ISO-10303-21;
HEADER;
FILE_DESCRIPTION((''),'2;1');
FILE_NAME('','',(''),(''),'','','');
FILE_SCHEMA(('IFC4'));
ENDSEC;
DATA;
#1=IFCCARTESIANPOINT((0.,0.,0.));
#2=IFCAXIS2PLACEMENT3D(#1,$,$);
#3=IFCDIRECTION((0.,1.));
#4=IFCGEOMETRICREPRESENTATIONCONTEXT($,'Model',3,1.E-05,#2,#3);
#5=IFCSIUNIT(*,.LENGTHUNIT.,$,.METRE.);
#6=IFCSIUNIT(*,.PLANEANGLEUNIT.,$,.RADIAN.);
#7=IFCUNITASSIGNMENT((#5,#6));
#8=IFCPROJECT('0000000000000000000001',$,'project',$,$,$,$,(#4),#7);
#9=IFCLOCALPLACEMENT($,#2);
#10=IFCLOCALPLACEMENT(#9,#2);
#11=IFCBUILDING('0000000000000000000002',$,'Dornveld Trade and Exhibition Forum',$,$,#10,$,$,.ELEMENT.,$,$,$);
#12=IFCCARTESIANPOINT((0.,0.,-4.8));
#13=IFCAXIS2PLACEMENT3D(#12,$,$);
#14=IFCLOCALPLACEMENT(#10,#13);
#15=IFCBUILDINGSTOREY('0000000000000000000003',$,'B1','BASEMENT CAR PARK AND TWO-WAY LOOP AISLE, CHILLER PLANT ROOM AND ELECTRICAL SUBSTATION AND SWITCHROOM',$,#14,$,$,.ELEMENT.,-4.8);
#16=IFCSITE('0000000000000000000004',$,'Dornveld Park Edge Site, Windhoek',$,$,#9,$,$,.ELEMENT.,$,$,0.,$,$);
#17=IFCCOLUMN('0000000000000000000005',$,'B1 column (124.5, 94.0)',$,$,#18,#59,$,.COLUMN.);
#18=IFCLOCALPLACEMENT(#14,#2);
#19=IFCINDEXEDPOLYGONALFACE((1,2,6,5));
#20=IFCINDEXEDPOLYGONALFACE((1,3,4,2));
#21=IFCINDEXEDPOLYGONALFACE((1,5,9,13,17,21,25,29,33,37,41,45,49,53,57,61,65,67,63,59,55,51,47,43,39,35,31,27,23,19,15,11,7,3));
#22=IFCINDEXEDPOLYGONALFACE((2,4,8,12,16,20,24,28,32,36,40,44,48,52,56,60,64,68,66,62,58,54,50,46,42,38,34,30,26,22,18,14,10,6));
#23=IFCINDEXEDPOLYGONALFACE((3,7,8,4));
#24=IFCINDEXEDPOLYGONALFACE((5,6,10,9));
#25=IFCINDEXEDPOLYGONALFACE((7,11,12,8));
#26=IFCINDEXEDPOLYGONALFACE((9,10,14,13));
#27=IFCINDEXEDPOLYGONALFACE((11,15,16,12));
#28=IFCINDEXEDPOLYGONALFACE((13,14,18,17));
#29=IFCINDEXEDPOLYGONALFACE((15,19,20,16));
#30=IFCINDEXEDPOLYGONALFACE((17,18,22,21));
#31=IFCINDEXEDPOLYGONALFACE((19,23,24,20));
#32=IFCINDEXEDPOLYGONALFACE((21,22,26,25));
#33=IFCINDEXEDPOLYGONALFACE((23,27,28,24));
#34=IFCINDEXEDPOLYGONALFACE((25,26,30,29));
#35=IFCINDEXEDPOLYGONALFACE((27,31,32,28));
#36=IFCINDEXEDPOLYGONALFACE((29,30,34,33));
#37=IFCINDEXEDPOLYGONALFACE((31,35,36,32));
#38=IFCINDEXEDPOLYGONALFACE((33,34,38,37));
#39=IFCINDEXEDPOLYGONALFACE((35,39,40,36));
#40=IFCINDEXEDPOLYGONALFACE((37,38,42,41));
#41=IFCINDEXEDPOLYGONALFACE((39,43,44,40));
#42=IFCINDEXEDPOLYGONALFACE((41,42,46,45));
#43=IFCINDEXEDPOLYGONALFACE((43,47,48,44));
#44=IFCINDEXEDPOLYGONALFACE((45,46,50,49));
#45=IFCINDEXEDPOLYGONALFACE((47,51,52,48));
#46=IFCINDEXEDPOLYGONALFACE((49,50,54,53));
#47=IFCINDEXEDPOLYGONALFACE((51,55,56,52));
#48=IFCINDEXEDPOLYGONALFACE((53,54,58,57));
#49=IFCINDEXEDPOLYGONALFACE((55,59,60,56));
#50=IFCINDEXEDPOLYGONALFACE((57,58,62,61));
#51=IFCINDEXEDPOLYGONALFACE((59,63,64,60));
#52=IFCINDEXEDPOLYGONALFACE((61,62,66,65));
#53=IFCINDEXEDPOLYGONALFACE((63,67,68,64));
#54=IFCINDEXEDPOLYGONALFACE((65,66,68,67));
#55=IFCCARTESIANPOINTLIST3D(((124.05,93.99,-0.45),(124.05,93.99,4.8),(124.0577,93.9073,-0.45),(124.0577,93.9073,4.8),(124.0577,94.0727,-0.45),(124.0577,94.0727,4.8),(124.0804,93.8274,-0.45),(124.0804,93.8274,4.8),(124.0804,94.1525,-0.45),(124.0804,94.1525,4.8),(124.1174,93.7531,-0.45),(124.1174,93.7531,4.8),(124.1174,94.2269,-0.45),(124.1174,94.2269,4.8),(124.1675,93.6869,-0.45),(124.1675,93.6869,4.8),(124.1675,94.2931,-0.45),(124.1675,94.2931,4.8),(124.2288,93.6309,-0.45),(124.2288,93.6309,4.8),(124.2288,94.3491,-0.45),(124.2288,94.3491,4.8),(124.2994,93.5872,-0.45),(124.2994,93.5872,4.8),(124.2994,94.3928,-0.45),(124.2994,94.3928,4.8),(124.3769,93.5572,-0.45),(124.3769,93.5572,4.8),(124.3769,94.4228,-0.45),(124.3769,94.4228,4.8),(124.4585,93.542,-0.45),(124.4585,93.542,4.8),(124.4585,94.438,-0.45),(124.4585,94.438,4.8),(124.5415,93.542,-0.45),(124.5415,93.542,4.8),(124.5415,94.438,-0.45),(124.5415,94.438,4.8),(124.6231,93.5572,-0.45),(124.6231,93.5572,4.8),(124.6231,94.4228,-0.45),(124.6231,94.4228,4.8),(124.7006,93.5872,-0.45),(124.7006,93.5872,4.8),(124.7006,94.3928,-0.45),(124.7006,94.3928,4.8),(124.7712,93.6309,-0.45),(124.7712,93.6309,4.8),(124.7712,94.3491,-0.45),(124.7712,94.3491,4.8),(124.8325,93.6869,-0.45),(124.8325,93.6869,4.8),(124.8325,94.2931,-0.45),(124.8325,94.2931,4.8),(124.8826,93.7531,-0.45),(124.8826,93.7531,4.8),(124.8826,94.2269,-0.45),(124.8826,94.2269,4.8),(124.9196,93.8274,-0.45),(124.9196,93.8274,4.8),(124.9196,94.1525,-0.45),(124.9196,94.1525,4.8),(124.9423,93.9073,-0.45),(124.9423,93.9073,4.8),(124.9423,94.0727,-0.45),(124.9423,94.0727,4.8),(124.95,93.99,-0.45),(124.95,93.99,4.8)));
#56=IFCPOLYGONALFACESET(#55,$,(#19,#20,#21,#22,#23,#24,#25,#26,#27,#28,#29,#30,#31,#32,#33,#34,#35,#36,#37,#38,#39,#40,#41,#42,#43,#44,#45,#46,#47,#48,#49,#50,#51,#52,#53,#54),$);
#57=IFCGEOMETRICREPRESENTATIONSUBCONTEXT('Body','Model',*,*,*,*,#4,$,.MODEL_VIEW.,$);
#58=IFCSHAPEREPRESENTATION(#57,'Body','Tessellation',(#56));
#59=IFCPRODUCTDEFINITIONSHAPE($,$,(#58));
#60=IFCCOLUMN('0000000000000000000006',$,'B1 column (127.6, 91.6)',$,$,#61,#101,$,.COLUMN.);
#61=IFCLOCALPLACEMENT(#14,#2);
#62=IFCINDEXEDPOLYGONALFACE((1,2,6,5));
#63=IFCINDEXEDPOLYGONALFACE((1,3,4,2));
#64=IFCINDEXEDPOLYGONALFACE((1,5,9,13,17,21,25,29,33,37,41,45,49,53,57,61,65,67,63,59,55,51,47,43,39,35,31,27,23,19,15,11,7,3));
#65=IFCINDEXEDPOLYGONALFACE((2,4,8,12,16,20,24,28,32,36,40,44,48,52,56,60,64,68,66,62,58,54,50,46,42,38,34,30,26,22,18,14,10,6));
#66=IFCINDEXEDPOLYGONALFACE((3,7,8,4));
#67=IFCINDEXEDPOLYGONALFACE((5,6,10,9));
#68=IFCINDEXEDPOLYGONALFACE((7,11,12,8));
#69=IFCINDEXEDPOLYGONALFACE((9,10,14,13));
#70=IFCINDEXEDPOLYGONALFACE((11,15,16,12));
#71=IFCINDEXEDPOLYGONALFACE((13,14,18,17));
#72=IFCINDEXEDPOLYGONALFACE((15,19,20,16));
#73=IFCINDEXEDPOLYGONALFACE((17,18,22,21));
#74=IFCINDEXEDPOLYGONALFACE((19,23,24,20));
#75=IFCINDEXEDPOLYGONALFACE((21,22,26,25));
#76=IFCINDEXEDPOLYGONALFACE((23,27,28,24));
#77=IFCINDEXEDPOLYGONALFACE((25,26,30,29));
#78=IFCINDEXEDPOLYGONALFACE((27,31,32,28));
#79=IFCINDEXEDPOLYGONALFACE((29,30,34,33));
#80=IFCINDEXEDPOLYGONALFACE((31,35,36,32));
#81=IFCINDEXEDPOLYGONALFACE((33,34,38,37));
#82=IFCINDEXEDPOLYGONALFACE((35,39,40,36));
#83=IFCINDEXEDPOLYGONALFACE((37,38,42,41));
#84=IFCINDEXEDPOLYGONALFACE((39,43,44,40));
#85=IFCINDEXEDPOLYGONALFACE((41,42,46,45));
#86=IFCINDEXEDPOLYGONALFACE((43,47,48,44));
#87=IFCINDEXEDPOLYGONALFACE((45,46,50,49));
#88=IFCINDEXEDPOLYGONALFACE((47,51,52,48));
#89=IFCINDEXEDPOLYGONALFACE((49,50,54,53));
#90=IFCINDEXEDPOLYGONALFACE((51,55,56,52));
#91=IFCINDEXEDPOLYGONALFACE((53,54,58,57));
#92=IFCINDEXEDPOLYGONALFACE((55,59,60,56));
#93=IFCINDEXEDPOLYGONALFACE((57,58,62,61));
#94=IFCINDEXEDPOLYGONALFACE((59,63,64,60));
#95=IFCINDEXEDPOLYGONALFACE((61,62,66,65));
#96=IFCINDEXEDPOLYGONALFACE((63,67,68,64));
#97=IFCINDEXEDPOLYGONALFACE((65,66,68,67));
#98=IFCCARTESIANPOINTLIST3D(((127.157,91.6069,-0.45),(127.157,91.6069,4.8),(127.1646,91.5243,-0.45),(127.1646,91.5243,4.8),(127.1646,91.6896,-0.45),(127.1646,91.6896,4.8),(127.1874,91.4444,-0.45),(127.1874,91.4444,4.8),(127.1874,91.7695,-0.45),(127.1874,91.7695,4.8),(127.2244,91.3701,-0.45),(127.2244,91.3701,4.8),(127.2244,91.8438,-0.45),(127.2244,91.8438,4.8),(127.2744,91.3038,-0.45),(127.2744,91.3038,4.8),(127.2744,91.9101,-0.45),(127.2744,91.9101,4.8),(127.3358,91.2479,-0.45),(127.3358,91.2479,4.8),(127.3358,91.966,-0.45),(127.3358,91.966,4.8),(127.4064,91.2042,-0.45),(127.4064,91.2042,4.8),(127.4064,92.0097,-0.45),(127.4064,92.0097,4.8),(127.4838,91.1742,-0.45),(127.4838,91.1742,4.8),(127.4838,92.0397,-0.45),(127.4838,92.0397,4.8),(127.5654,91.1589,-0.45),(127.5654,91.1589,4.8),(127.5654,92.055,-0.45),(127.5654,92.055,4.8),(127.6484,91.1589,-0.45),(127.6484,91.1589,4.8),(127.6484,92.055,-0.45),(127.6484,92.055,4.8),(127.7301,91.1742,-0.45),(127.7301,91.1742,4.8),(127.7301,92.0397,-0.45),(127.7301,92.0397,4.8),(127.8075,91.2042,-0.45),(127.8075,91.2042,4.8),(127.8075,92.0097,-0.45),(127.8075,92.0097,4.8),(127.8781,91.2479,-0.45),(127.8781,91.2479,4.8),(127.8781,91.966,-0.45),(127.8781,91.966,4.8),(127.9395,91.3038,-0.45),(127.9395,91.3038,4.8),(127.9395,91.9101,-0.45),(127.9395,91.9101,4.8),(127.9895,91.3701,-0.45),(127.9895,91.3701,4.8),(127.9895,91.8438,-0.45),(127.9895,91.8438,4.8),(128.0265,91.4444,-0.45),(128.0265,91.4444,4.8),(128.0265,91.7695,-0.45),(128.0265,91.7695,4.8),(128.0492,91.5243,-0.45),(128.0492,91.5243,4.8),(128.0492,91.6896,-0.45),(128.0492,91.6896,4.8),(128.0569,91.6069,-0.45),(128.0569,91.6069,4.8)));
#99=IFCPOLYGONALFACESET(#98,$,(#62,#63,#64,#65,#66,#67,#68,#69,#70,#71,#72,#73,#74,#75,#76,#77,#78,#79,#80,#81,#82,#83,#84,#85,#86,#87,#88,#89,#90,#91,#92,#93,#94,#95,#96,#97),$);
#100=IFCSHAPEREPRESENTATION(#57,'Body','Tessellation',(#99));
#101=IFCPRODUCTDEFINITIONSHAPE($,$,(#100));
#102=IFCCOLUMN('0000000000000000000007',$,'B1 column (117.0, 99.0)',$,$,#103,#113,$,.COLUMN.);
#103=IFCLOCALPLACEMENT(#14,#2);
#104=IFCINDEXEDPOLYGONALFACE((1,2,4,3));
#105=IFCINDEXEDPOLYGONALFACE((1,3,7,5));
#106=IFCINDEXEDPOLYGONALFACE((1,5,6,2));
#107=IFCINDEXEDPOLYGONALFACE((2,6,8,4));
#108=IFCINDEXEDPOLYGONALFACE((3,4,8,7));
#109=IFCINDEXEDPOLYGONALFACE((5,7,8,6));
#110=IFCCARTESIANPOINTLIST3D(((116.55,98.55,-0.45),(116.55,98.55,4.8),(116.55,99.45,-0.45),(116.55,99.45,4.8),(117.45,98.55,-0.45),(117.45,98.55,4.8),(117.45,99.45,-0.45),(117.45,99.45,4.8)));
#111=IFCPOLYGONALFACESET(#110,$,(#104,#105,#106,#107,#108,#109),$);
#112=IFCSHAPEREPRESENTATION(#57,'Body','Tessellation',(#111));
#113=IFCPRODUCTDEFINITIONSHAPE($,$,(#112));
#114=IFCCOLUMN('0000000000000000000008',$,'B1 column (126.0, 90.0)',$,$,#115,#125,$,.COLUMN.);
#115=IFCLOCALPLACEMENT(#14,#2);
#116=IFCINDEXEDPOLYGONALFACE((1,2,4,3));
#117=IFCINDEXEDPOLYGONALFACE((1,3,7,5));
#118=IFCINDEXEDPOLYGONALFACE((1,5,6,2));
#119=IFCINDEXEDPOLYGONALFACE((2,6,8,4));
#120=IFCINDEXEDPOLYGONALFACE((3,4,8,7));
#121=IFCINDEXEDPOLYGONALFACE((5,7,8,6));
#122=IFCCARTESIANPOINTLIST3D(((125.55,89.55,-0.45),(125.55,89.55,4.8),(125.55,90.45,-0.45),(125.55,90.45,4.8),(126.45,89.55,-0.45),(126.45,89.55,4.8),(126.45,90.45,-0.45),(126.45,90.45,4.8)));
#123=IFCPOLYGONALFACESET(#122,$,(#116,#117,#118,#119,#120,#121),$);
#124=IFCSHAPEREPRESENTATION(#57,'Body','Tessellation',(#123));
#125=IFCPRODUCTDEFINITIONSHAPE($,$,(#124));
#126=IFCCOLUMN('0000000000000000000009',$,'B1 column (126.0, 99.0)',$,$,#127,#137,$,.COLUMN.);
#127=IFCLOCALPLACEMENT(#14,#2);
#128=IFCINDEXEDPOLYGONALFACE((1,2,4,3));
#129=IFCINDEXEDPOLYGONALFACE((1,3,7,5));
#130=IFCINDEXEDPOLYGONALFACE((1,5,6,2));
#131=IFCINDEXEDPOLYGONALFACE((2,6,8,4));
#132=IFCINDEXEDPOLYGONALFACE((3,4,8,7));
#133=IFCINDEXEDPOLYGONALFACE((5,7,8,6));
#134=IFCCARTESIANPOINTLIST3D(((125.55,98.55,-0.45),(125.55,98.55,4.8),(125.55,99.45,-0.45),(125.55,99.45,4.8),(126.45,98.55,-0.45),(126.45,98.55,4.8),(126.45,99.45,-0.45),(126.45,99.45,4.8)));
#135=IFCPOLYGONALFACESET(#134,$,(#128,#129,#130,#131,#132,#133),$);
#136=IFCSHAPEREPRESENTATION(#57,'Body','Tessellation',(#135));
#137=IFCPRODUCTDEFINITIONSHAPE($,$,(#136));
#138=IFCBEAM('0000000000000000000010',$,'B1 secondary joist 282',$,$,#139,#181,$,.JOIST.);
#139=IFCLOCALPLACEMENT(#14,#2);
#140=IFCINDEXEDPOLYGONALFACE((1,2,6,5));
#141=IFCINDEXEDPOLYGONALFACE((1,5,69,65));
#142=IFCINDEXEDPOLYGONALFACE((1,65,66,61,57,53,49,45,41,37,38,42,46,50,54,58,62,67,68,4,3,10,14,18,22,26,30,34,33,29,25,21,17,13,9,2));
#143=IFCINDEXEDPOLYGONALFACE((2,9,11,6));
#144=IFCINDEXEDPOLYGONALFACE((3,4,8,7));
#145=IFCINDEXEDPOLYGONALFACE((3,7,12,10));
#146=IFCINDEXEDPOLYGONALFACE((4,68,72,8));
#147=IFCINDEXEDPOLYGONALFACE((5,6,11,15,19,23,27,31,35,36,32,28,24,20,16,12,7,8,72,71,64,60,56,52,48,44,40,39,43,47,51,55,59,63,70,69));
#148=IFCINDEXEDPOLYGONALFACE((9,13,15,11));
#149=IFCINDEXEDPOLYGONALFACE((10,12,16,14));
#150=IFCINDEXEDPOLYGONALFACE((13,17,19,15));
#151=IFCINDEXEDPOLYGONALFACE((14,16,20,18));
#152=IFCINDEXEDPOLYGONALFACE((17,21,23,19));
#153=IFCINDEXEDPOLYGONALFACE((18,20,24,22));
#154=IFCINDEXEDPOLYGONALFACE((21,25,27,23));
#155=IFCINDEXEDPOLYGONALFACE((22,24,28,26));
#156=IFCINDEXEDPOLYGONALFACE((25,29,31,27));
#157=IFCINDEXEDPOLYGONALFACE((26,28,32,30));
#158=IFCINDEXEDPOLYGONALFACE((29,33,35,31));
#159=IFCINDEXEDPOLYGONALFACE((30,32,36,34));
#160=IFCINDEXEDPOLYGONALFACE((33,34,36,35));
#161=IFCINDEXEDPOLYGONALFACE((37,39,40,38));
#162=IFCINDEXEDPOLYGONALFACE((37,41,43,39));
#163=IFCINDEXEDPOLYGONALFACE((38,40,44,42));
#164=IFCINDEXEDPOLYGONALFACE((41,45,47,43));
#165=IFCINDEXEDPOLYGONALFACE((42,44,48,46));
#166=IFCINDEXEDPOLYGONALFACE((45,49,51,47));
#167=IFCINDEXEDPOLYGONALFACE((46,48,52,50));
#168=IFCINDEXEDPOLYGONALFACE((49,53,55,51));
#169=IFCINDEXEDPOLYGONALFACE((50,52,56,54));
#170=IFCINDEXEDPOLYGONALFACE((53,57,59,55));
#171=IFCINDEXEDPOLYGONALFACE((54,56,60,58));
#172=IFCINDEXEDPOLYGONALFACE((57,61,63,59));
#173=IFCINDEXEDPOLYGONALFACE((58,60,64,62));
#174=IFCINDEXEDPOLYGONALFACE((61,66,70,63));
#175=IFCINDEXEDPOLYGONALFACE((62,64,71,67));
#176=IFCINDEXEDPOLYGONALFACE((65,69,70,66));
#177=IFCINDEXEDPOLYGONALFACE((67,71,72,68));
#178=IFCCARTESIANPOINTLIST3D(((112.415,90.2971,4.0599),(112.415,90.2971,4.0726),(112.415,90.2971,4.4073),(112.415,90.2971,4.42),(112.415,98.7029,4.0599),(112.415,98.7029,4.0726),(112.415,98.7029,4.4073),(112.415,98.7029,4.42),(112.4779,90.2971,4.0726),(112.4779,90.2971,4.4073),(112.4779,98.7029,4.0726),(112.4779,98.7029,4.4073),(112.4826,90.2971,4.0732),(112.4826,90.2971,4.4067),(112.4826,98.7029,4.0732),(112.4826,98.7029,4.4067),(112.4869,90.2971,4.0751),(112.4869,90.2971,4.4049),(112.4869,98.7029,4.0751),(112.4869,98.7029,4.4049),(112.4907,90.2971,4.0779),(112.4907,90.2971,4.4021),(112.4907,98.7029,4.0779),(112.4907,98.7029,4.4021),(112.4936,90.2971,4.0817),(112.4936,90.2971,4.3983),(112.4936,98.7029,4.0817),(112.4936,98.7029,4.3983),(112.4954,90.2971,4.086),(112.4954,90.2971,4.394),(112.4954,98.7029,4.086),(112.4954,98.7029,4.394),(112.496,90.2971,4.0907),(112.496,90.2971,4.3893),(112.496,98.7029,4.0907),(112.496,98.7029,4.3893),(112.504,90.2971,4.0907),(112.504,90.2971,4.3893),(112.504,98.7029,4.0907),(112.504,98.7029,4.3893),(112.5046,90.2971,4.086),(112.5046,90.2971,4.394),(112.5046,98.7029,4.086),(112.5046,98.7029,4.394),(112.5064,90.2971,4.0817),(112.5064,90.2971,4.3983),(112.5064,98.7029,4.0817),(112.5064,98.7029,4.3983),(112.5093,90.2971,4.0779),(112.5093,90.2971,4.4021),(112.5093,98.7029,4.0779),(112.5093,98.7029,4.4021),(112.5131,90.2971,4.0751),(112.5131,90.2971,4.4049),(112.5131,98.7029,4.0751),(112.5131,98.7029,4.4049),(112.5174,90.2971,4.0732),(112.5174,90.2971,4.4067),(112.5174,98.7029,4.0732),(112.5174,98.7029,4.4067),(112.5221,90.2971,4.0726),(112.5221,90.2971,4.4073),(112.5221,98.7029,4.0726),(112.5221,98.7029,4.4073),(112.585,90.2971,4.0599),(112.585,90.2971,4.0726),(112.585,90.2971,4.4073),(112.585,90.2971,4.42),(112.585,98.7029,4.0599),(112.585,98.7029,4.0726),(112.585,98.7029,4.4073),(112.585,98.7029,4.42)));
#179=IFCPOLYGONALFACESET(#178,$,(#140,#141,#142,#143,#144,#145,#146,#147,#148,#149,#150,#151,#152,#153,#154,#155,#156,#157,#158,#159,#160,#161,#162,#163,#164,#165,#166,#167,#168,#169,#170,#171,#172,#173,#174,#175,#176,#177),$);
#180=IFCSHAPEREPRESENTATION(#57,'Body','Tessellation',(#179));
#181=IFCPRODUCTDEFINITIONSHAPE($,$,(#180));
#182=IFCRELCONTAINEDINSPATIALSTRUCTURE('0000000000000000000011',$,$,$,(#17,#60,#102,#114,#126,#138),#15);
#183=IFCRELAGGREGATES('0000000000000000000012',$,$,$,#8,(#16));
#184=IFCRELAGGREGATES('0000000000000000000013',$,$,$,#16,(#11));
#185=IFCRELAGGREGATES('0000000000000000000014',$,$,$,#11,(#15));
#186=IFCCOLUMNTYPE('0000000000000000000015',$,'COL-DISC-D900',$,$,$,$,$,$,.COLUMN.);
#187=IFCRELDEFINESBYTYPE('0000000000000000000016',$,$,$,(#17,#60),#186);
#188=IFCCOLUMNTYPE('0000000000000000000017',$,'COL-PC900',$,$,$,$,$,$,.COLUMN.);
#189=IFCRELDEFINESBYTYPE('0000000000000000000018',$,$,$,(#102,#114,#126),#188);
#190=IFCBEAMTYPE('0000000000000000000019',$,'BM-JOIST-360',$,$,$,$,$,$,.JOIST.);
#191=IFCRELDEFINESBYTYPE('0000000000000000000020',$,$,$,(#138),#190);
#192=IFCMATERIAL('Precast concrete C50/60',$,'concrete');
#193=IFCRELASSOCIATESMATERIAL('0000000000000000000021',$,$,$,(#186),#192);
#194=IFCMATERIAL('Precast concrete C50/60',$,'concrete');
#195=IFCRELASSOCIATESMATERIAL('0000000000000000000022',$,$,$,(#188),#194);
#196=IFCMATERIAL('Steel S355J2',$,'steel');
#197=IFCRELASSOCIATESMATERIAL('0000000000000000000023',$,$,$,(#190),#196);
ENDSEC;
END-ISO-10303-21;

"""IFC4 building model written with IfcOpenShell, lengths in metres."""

from ifc_helpers import new_model, si_unit, direction, frame, origin, origin_2d, place, context, subcontext, project, spatial, rectangle, circle, i_section, extrude, material, material_profile, profile_set, type_object, element, save


model = new_model("IFC4")

# Units and contexts
model_context = context("Model", 3, precision=1e-05, world=origin(), true_north=direction((0.0, 1.0)))
body_context = subcontext(model_context, "Body", "Model", "MODEL_VIEW")
ifc_project = project(units=[si_unit("LENGTHUNIT", "METRE"), si_unit("PLANEANGLEUNIT", "RADIAN")], contexts=[model_context])

# Site, building, storey
site_placement = place(None, origin())
site = spatial("IfcSite", under=ifc_project, at=site_placement, Name="Dornveld Park Edge Site, Windhoek", CompositionType="ELEMENT", RefElevation=0.0)
building_placement = place(site_placement, origin())
building = spatial("IfcBuilding", under=site, at=building_placement, Name="Dornveld Trade and Exhibition Forum", CompositionType="ELEMENT")
storey_placement = place(building_placement, frame((0.0, 0.0, -4.8)))
storey = spatial("IfcBuildingStorey", under=building, at=storey_placement, Name="B1", Description="BASEMENT CAR PARK AND TWO-WAY LOOP AISLE, CHILLER PLANT ROOM AND ELECTRICAL SUBSTATION AND SWITCHROOM", CompositionType="ELEMENT", Elevation=-4.8)

# Columns
ifc_material_1 = material(Name="Precast concrete C50/60", Category="concrete")
ifc_material_profile_1 = material_profile(ifc_material_1, circle(Radius=0.45, at=origin_2d()), Name="PC-COL D900")
ifc_profile_set_1 = profile_set([ifc_material_profile_1], Name="Precast concrete C50/60")
column_type_1 = type_object("IfcColumnType", Name="COL-DISC-D900", PredefinedType="COLUMN", material=ifc_profile_set_1)
for number, where, z_axis, x_axis, name in (
    (1, (124.5, 93.99, -0.45), (0.0, 0.0, 1.0), (1.0, 0.0, 0.0), "B1 column (124.5, 94.0)"),
    (2, (127.6069, 91.6069, -0.45), (0.0, 0.0, 1.0), (1.0, 0.0, 0.0), "B1 column (127.6, 91.6)"),
):
    element("IfcColumn", number, at=place(storey_placement, frame(where, z_axis=z_axis, x_axis=x_axis)), inside=storey, type_object=column_type_1, Name=name, PredefinedType="COLUMN", context=body_context, shape_type="SweptSolid", body=[
        extrude(circle(Radius=0.45, at=origin_2d()), origin(), (0.0, 0.0, 1.0), 5.25),
    ])
ifc_material_2 = material(Name="Precast concrete C50/60", Category="concrete")
ifc_material_profile_2 = material_profile(ifc_material_2, rectangle(XDim=0.8999, YDim=0.8999, at=origin_2d()), Name="PC-COL 900x900")
ifc_profile_set_2 = profile_set([ifc_material_profile_2], Name="Precast concrete C50/60")
column_type_2 = type_object("IfcColumnType", Name="COL-PC900", PredefinedType="COLUMN", material=ifc_profile_set_2)
for number, where, z_axis, x_axis, name in (
    (3, (117.0, 99.0, -0.45), (0.0, 0.0, 1.0), (1.0, 0.0, 0.0), "B1 column (117.0, 99.0)"),
    (4, (126.0, 90.0, -0.45), (0.0, 0.0, 1.0), (1.0, 0.0, 0.0), "B1 column (126.0, 90.0)"),
    (5, (126.0, 99.0, -0.45), (0.0, 0.0, 1.0), (1.0, 0.0, 0.0), "B1 column (126.0, 99.0)"),
):
    element("IfcColumn", number, at=place(storey_placement, frame(where, z_axis=z_axis, x_axis=x_axis)), inside=storey, type_object=column_type_2, Name=name, PredefinedType="COLUMN", context=body_context, shape_type="SweptSolid", body=[
        extrude(rectangle(XDim=0.8999, YDim=0.8999, at=origin_2d()), origin(), (0.0, 0.0, 1.0), 5.25),
    ])

# Beam
ifc_material_3 = material(Name="Steel S355J2", Category="steel")
ifc_material_profile_3 = material_profile(ifc_material_3, i_section(OverallWidth=0.1699, OverallDepth=0.3601, WebThickness=0.0081, FlangeThickness=0.0127, FilletRadius=0.0181, at=origin_2d()), Name="IPE 360")
ifc_profile_set_3 = profile_set([ifc_material_profile_3], Name="Steel S355J2")
beam_type_1 = type_object("IfcBeamType", Name="BM-JOIST-360", PredefinedType="JOIST", material=ifc_profile_set_3)
for number, where, z_axis, x_axis, name in (
    (6, (112.5, 90.2971, 4.24), (0.0, 1.0, 0.0), (-1.0, 0.0, 0.0), "B1 secondary joist 282"),
):
    element("IfcBeam", number, at=place(storey_placement, frame(where, z_axis=z_axis, x_axis=x_axis)), inside=storey, type_object=beam_type_1, Name=name, PredefinedType="JOIST", context=body_context, shape_type="SweptSolid", body=[
        extrude(i_section(OverallWidth=0.1699, OverallDepth=0.3601, WebThickness=0.0081, FlangeThickness=0.0127, FilletRadius=0.0181, at=origin_2d()), origin(), (0.0, 0.0, 1.0), 8.4058),
    ])

save(model, "model.ifc")
